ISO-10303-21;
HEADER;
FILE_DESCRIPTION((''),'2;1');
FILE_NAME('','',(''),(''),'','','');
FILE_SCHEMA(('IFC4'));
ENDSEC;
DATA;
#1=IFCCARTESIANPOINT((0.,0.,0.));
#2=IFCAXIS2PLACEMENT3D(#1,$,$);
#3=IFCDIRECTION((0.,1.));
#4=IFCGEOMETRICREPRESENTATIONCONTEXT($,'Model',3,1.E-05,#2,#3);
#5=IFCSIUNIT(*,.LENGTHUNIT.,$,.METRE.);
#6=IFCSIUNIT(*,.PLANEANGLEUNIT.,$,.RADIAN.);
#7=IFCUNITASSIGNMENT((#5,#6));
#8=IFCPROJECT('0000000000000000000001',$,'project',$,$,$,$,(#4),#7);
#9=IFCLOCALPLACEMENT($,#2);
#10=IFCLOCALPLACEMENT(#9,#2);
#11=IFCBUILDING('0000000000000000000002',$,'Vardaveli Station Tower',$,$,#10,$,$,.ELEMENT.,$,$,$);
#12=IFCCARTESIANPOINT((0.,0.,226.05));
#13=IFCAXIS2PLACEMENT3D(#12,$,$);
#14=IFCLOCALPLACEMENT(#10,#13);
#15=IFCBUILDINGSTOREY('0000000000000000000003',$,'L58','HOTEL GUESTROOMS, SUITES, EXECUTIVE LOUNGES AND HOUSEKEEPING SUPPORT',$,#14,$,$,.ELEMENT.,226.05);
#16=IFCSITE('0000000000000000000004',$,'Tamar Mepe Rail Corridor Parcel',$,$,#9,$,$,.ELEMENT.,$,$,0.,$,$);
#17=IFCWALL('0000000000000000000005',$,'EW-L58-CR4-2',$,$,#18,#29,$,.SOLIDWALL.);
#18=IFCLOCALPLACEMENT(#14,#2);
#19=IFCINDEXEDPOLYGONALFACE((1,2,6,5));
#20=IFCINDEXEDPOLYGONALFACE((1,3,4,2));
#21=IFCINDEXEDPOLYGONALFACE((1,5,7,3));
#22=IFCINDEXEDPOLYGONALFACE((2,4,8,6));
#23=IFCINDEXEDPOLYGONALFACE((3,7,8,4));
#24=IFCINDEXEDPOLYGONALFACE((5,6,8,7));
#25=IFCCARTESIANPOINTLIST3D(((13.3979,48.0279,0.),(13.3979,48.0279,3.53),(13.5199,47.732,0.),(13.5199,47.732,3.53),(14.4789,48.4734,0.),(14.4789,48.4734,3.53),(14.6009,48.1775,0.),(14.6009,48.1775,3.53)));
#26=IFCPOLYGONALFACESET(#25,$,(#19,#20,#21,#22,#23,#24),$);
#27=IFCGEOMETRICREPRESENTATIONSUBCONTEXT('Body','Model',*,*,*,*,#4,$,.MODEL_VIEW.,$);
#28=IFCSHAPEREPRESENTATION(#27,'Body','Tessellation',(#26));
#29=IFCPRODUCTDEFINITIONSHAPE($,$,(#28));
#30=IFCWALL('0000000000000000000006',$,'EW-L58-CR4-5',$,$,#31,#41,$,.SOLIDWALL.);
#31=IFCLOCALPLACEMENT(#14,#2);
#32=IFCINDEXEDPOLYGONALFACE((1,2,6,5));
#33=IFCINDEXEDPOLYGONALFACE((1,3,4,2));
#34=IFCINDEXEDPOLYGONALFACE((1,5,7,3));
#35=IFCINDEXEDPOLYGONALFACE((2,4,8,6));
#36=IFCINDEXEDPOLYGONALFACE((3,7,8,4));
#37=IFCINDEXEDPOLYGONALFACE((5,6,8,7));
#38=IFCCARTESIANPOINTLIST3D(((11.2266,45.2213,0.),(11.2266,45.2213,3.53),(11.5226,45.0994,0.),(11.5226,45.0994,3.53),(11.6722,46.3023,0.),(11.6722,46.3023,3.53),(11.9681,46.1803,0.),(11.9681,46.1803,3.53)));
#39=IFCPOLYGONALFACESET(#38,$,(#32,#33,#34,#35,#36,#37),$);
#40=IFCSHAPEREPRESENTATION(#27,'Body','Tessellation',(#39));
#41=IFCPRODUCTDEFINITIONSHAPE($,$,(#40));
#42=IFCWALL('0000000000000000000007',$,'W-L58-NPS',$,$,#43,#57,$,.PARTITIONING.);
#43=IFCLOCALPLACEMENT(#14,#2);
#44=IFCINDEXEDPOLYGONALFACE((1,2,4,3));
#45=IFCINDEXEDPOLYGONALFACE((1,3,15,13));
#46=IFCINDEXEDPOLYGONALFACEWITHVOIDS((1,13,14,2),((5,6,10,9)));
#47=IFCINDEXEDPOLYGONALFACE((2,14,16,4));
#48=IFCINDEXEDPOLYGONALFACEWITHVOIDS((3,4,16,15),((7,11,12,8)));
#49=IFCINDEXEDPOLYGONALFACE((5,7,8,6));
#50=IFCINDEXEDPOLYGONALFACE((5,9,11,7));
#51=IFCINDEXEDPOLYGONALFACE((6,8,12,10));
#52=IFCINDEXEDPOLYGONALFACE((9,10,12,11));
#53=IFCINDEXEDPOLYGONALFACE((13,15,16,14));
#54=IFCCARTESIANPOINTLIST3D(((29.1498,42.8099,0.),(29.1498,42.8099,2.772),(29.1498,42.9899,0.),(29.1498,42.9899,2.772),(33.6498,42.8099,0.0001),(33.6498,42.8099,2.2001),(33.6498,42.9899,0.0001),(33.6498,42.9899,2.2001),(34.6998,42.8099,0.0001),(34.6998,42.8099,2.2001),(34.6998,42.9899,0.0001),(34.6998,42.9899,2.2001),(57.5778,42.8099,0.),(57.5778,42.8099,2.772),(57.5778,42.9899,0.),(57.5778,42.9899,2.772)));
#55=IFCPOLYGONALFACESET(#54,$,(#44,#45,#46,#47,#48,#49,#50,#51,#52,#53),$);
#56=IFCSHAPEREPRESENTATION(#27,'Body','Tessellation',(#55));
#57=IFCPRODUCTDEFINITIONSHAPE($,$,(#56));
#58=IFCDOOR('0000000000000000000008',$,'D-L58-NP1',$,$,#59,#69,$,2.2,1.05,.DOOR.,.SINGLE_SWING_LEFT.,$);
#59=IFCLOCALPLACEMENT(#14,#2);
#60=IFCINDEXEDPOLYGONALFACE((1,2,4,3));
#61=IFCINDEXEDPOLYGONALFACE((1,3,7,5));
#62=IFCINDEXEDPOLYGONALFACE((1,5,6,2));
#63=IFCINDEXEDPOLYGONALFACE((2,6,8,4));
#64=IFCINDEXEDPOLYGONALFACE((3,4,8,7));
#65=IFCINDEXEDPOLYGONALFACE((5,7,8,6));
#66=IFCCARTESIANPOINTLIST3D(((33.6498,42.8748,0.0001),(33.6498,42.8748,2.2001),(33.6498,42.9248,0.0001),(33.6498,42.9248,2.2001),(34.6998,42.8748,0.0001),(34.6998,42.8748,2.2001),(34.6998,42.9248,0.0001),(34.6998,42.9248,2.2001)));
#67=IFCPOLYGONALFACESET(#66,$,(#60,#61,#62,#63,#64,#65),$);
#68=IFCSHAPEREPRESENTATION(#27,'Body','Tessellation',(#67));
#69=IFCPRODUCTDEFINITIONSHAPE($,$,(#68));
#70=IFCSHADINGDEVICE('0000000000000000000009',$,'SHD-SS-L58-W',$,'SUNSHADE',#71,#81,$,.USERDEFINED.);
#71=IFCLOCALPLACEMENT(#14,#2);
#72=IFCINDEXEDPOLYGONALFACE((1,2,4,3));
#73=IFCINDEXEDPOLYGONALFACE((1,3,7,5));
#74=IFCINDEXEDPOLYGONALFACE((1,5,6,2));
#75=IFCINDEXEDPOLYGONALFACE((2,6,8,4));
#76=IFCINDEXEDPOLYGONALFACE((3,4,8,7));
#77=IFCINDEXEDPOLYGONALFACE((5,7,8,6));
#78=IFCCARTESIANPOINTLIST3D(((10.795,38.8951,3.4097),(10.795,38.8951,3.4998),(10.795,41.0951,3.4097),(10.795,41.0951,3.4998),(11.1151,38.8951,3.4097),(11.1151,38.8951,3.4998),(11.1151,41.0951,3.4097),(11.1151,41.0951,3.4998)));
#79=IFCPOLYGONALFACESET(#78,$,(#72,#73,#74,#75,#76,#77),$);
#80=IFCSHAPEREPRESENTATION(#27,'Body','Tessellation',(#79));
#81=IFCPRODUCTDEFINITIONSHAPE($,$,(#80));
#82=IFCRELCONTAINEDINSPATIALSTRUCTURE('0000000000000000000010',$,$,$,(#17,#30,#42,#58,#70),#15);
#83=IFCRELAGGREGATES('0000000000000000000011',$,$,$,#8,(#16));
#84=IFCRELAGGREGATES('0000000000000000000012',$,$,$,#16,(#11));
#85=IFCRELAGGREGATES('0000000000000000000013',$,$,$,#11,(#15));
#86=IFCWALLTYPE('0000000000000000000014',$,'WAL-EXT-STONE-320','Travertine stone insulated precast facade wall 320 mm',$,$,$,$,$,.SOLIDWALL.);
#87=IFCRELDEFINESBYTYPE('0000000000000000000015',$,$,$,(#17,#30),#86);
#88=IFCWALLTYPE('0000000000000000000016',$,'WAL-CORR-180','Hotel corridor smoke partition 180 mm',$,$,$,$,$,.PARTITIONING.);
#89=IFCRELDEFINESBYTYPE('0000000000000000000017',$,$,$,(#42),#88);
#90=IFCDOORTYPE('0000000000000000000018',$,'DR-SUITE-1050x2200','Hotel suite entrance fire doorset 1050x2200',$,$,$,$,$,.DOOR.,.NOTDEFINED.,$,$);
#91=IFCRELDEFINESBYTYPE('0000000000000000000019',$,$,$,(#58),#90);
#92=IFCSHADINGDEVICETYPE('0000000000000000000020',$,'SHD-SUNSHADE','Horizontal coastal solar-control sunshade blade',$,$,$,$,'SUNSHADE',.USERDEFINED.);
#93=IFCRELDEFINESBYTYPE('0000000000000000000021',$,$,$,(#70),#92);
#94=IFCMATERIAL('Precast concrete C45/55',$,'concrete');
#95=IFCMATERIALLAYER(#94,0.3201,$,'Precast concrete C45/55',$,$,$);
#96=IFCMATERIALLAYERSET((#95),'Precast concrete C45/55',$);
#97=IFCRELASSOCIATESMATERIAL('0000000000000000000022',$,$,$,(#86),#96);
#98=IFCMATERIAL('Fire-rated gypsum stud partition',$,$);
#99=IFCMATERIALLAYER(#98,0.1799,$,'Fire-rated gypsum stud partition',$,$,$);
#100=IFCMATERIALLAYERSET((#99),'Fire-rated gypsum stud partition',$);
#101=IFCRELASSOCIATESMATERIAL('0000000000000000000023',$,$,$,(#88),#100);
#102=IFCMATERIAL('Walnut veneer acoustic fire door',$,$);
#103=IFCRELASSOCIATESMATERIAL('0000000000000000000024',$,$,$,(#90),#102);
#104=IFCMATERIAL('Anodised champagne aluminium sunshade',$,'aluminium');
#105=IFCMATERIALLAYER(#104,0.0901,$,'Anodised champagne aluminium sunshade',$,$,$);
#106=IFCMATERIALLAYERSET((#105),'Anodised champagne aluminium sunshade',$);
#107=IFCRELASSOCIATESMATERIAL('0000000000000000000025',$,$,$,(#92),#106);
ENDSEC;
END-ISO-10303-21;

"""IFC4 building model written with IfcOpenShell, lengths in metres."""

from ifc_helpers import new_model, si_unit, direction, frame, frame_2d, origin, origin_2d, place, context, subcontext, project, spatial, rectangle, extrude, source, transform, mapped, material, layer, layer_set, type_object, element, fill, save


model = new_model("IFC4")

# Units and contexts
model_context = context("Model", 3, precision=1e-05, world=origin(), true_north=direction((0.0, 1.0)))
body_context = subcontext(model_context, "Body", "Model", "MODEL_VIEW")
ifc_project = project(units=[si_unit("LENGTHUNIT", "METRE"), si_unit("PLANEANGLEUNIT", "RADIAN")], contexts=[model_context])

# Site, building, storey
site_placement = place(None, origin())
site = spatial("IfcSite", under=ifc_project, at=site_placement, Name="Tamar Mepe Rail Corridor Parcel", CompositionType="ELEMENT", RefElevation=0.0)
building_placement = place(site_placement, origin())
building = spatial("IfcBuilding", under=site, at=building_placement, Name="Vardaveli Station Tower", CompositionType="ELEMENT")
storey_placement = place(building_placement, frame((0.0, 0.0, 226.05)))
storey = spatial("IfcBuildingStorey", under=building, at=storey_placement, Name="L58", Description="HOTEL GUESTROOMS, SUITES, EXECUTIVE LOUNGES AND HOUSEKEEPING SUPPORT", CompositionType="ELEMENT", Elevation=226.05)

# Shared definitions
ifc_material_1 = material(Name="Precast concrete C45/55", Category="concrete")

# Shared definitions
ifc_layer_1 = layer(ifc_material_1, 0.3201, Name="Precast concrete C45/55")
ifc_layer_set_1 = layer_set([ifc_layer_1], Name="Precast concrete C45/55")
wall_type_1 = type_object("IfcWallType", Name="WAL-EXT-STONE-320", Description="Travertine stone insulated precast facade wall 320 mm", PredefinedType="SOLIDWALL", material=ifc_layer_set_1)

# Walls
shared_shape_1 = source(origin(), body_context, "Body", "SweptSolid", [
    extrude(rectangle(XDim=1.1692, YDim=0.3201, at=frame_2d((0.5845, 0.0))), origin(), (0.0, 0.0, 1.0), 3.53),
])
for number, where, z_axis, x_axis, name in (
    (1, (14.5398, 48.3254, 0.0), (0.0, 0.0, 1.0), (-0.924553, -0.381054, 0.0), "EW-L58-CR4-2"),
    (2, (11.8201, 46.2412, 0.0), (0.0, 0.0, 1.0), (-0.381054, -0.924553, 0.0), "EW-L58-CR4-5"),
):
    element("IfcWall", number, at=place(storey_placement, frame(where, z_axis=z_axis, x_axis=x_axis)), inside=storey, type_object=wall_type_1, Name=name, PredefinedType="SOLIDWALL", context=body_context, shape_type="MappedRepresentation", body=[
        mapped(shared_shape_1, transform((0.0, 0.0, 0.0), scale=1.0)),
    ])

# Wall, opening, door
ifc_material_2 = material(Name="Fire-rated gypsum stud partition")
ifc_layer_2 = layer(ifc_material_2, 0.1799, Name="Fire-rated gypsum stud partition")
ifc_layer_set_2 = layer_set([ifc_layer_2], Name="Fire-rated gypsum stud partition")
wall_type_2 = type_object("IfcWallType", Name="WAL-CORR-180", Description="Hotel corridor smoke partition 180 mm", PredefinedType="PARTITIONING", material=ifc_layer_set_2)
shared_shape_2 = source(origin(), body_context, "Body", "SweptSolid", [
    extrude(rectangle(XDim=28.428, YDim=0.1799, at=frame_2d((14.2139, 0.0))), origin(), (0.0, 0.0, 1.0), 2.772),
])
wall_1_placement = place(storey_placement, frame((29.1499, 42.8999, 0.0), z_axis=(0.0, 0.0, 1.0), x_axis=(1.0, 0.0, 0.0)))
wall_1 = element("IfcWall", 3, at=wall_1_placement, inside=storey, type_object=wall_type_2, Name="W-L58-NPS", PredefinedType="PARTITIONING", context=body_context, shape_type="MappedRepresentation", body=[
    mapped(shared_shape_2, transform((0.0, 0.0, 0.0), scale=1.0)),
])
shared_shape_3 = source(origin(), body_context, "Body", "SweptSolid", [
    extrude(rectangle(XDim=1.05, YDim=2.2, at=frame_2d((0.5249, 1.1001))), frame((0.0, 0.1001, 0.0), z_axis=(0.0, -1.0, 0.0), x_axis=(1.0, 0.0, 0.0)), (0.0, 0.0, 1.0), 0.2),
])
opening_1_placement = place(wall_1_placement, frame((4.5, 0.0, 0.0)))
opening_1 = element("IfcOpeningElement", 4, at=opening_1_placement, cuts=wall_1, PredefinedType="OPENING", context=body_context, shape_type="MappedRepresentation", body=[
    mapped(shared_shape_3, transform((0.0, 0.0, 0.0), scale=1.0)),
])
ifc_material_3 = material(Name="Walnut veneer acoustic fire door")
door_type_1 = type_object("IfcDoorType", Name="DR-SUITE-1050x2200", Description="Hotel suite entrance fire doorset 1050x2200", OperationType="NOTDEFINED", PredefinedType="DOOR", material=ifc_material_3)
shared_shape_4 = source(origin(), body_context, "Body", "SweptSolid", [
    extrude(rectangle(XDim=1.05, YDim=2.2, at=frame_2d((0.5249, 1.1001))), frame((0.0, 0.0249, 0.0), z_axis=(0.0, -1.0, 0.0), x_axis=(1.0, 0.0, 0.0)), (0.0, 0.0, 1.0), 0.05),
])
door_1_placement = place(opening_1_placement, origin())
door_1 = element("IfcDoor", 5, at=door_1_placement, inside=storey, type_object=door_type_1, Name="D-L58-NP1", OperationType="SINGLE_SWING_LEFT", OverallHeight=2.2, OverallWidth=1.05, PredefinedType="DOOR", context=body_context, shape_type="MappedRepresentation", body=[
    mapped(shared_shape_4, transform((0.0, 0.0, 0.0), scale=1.0)),
])
fill(opening_1, door_1)

# Shading device
ifc_material_4 = material(Name="Anodised champagne aluminium sunshade", Category="aluminium")
ifc_layer_3 = layer(ifc_material_4, 0.0901, Name="Anodised champagne aluminium sunshade")
ifc_layer_set_3 = layer_set([ifc_layer_3], Name="Anodised champagne aluminium sunshade")
shading_device_type = type_object("IfcShadingDeviceType", Name="SHD-SUNSHADE", Description="Horizontal coastal solar-control sunshade blade", ElementType="SUNSHADE", PredefinedType="USERDEFINED", material=ifc_layer_set_3)
shared_shape_5 = source(origin(), body_context, "Body", "SweptSolid", [
    extrude(rectangle(XDim=2.2, YDim=0.3201, at=origin_2d()), origin(), (0.0, 0.0, 1.0), 0.0901),
])
shading_device_placement = place(storey_placement, frame((10.9551, 39.9951, 3.4097), z_axis=(0.0, 0.0, 1.0), x_axis=(0.0, 1.0, 0.0)))
element("IfcShadingDevice", 6, at=shading_device_placement, inside=storey, type_object=shading_device_type, Name="SHD-SS-L58-W", ObjectType="SUNSHADE", PredefinedType="USERDEFINED", context=body_context, shape_type="MappedRepresentation", body=[
    mapped(shared_shape_5, transform((0.0, 0.0, 0.0), scale=1.0)),
])

save(model, "model.ifc")
